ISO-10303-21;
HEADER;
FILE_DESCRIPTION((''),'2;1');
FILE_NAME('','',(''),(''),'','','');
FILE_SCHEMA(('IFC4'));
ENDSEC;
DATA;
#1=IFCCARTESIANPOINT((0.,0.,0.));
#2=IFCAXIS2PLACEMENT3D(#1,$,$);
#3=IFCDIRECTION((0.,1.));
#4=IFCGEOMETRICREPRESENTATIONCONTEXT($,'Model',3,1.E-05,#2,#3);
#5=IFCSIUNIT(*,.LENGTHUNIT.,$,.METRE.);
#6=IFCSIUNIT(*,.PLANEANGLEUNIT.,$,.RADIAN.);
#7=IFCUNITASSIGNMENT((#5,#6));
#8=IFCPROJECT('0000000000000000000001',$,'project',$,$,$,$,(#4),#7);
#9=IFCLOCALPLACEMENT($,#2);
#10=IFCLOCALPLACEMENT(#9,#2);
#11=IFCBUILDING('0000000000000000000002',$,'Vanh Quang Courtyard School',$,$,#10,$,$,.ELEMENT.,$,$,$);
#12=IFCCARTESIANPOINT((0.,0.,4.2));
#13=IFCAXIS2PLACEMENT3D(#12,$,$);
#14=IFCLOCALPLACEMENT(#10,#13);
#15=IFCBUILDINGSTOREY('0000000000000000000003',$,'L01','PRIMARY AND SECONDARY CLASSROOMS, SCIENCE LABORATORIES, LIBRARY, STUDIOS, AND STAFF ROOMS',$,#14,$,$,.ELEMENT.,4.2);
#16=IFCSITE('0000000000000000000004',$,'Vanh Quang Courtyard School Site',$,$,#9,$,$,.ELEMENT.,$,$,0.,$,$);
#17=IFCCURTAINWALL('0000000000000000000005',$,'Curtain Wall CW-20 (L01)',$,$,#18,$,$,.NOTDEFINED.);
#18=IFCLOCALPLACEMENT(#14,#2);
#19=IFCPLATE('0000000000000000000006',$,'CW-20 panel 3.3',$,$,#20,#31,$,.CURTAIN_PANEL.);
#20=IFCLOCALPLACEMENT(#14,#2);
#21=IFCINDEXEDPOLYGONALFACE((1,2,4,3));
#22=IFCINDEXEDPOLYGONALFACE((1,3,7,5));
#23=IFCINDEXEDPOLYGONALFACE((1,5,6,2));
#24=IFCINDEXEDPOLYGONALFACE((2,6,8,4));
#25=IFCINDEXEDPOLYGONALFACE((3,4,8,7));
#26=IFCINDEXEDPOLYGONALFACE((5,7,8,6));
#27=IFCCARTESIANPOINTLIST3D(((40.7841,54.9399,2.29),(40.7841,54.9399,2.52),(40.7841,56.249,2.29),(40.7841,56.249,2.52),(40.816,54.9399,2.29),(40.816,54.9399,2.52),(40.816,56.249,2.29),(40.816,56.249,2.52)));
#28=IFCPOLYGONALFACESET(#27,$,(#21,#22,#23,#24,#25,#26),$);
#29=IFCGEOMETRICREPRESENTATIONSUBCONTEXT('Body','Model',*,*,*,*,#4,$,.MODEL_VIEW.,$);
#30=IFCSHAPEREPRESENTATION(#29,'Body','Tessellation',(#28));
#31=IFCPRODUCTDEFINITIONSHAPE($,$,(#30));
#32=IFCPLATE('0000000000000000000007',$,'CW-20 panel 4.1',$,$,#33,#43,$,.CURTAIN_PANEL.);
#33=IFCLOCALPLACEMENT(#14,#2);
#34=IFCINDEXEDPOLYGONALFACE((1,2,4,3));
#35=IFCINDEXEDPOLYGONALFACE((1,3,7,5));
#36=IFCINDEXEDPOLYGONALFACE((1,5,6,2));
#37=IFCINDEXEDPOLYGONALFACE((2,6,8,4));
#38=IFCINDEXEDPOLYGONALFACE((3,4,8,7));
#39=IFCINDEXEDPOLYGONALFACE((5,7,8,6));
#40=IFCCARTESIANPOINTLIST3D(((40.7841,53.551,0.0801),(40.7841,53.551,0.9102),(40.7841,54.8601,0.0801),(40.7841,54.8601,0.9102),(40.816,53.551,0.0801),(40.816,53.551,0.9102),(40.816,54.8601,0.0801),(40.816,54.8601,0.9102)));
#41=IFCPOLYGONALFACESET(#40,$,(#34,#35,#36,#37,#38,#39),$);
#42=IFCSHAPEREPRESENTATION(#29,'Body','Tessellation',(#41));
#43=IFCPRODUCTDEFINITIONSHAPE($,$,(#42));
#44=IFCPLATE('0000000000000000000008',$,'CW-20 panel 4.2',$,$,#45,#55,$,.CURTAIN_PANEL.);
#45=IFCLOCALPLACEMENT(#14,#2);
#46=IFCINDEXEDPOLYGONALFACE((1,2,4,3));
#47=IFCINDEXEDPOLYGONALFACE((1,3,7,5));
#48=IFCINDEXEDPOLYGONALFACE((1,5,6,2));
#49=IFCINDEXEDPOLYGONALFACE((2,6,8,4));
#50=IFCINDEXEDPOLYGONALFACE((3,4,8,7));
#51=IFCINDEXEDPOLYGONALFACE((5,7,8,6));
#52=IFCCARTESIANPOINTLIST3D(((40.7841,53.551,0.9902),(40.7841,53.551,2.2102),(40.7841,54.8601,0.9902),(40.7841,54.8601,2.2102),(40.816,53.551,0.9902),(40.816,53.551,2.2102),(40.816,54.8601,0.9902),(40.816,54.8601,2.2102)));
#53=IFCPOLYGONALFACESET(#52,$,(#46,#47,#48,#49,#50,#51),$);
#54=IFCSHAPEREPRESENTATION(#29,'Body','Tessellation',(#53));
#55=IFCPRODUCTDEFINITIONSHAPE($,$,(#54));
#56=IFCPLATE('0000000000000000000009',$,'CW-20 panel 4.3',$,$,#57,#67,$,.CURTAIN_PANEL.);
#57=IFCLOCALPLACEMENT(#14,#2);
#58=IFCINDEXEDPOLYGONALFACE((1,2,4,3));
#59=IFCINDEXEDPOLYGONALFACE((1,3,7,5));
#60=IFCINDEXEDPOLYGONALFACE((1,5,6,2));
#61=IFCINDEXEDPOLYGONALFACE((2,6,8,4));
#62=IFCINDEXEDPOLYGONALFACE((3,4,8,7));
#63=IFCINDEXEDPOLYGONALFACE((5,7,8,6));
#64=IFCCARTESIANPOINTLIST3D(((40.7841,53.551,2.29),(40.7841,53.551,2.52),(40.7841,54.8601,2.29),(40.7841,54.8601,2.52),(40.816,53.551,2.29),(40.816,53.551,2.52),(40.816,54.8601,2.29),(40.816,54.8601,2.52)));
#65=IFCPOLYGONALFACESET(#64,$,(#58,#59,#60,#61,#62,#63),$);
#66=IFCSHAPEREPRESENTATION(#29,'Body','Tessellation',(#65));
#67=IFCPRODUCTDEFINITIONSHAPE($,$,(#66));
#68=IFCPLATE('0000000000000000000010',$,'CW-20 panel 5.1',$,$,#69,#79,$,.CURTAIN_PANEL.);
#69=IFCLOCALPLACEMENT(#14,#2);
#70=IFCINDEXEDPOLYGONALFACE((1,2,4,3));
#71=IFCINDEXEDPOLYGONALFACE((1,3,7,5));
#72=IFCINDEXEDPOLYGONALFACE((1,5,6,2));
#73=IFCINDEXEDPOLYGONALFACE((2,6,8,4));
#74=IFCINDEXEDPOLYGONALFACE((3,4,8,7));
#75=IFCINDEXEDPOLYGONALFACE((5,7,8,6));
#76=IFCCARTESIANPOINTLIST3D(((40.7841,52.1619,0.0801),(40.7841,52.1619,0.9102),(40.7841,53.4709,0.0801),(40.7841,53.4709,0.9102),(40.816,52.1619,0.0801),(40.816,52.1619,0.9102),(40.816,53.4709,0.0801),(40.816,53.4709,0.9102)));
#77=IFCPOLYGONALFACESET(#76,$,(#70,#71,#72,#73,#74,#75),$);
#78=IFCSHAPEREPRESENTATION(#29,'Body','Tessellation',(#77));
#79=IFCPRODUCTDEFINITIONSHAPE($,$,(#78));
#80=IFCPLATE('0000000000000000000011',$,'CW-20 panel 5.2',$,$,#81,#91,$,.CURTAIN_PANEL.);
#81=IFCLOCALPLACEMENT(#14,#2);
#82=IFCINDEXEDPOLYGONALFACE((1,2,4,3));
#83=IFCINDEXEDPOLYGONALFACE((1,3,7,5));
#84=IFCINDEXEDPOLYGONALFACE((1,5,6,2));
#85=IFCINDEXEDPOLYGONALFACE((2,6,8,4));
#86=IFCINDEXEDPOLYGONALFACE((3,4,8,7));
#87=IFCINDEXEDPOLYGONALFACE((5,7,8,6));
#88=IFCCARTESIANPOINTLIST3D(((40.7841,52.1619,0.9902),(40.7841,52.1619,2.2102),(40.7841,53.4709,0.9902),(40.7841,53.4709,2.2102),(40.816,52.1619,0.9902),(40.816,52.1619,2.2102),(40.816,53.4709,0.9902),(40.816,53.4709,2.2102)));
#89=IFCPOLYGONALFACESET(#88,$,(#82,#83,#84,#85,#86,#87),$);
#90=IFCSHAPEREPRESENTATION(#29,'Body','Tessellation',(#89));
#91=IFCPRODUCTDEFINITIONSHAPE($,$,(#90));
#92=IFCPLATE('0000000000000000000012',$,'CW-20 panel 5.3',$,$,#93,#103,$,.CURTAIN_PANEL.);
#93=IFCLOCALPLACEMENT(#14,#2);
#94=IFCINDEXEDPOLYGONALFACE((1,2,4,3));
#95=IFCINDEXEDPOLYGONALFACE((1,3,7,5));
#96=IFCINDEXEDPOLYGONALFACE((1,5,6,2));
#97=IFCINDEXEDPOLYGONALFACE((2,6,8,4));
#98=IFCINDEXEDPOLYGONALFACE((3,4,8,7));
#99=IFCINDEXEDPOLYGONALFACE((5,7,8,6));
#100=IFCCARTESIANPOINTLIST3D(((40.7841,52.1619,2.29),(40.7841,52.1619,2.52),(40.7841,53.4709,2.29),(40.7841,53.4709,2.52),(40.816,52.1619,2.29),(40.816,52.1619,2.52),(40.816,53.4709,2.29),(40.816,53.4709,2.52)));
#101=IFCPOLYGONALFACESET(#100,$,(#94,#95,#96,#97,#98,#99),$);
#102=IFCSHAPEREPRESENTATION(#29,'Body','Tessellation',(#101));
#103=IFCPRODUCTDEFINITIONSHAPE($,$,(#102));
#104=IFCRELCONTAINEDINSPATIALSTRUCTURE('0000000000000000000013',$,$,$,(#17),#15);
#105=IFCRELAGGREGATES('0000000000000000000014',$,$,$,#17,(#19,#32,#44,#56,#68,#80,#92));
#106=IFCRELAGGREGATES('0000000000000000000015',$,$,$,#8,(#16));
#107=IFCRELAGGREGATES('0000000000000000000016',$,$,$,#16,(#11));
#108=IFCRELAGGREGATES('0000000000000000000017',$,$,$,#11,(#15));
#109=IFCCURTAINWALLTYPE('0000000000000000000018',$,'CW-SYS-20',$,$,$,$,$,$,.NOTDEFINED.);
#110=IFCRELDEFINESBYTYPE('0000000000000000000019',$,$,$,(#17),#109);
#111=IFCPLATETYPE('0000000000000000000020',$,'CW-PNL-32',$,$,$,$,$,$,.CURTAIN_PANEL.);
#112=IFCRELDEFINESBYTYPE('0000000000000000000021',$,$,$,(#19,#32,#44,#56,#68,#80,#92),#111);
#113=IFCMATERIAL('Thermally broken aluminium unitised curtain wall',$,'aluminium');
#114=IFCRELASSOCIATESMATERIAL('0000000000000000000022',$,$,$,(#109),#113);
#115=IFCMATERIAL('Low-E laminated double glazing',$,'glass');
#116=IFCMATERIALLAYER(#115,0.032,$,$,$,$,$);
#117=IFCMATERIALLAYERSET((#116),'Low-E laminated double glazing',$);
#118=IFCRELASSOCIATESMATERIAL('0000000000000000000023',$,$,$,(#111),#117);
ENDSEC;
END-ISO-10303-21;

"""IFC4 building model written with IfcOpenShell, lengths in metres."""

from ifc_helpers import new_model, si_unit, direction, frame, origin, origin_2d, place, context, subcontext, project, spatial, rectangle, extrude, material, layer, layer_set, type_object, element, aggregate, save


model = new_model("IFC4")

# Units and contexts
model_context = context("Model", 3, precision=1e-05, world=origin(), true_north=direction((0.0, 1.0)))
body_context = subcontext(model_context, "Body", "Model", "MODEL_VIEW")
ifc_project = project(units=[si_unit("LENGTHUNIT", "METRE"), si_unit("PLANEANGLEUNIT", "RADIAN")], contexts=[model_context])

# Site, building, storey
site_placement = place(None, origin())
site = spatial("IfcSite", under=ifc_project, at=site_placement, Name="Vanh Quang Courtyard School Site", CompositionType="ELEMENT", RefElevation=0.0)
building_placement = place(site_placement, origin())
building = spatial("IfcBuilding", under=site, at=building_placement, Name="Vanh Quang Courtyard School", CompositionType="ELEMENT")
storey_placement = place(building_placement, frame((0.0, 0.0, 4.2)))
storey = spatial("IfcBuildingStorey", under=building, at=storey_placement, Name="L01", Description="PRIMARY AND SECONDARY CLASSROOMS, SCIENCE LABORATORIES, LIBRARY, STUDIOS, AND STAFF ROOMS", CompositionType="ELEMENT", Elevation=4.2)

# Curtain wall
ifc_material_1 = material(Name="Thermally broken aluminium unitised curtain wall", Category="aluminium")
curtain_wall_type = type_object("IfcCurtainWallType", Name="CW-SYS-20", PredefinedType="NOTDEFINED", material=ifc_material_1)
curtain_wall_placement = place(storey_placement, origin())
curtain_wall = element("IfcCurtainWall", 1, at=curtain_wall_placement, inside=storey, type_object=curtain_wall_type, Name="Curtain Wall CW-20 (L01)", PredefinedType="NOTDEFINED")

# Plates
ifc_material_2 = material(Name="Low-E laminated double glazing", Category="glass")
ifc_layer = layer(ifc_material_2, 0.032)
ifc_layer_set = layer_set([ifc_layer], Name="Low-E laminated double glazing")
plate_type = type_object("IfcPlateType", Name="CW-PNL-32", PredefinedType="CURTAIN_PANEL", material=ifc_layer_set)
plate_1_placement = place(storey_placement, frame((40.8, 55.5945, 2.29), z_axis=(0.0, 0.0, 1.0), x_axis=(0.0, -1.0, 0.0)))
plate_1 = element("IfcPlate", 2, at=plate_1_placement, type_object=plate_type, Name="CW-20 panel 3.3", PredefinedType="CURTAIN_PANEL", context=body_context, shape_type="SweptSolid", body=[
    extrude(rectangle(XDim=1.3091, YDim=0.032, at=origin_2d()), origin(), (0.0, 0.0, 1.0), 0.23),
])
plate_2_placement = place(storey_placement, frame((40.8, 54.2056, 0.0801), z_axis=(0.0, 0.0, 1.0), x_axis=(0.0, -1.0, 0.0)))
plate_2 = element("IfcPlate", 3, at=plate_2_placement, type_object=plate_type, Name="CW-20 panel 4.1", PredefinedType="CURTAIN_PANEL", context=body_context, shape_type="SweptSolid", body=[
    extrude(rectangle(XDim=1.3091, YDim=0.032, at=origin_2d()), origin(), (0.0, 0.0, 1.0), 0.8301),
])
plate_3_placement = place(storey_placement, frame((40.8, 54.2056, 0.9902), z_axis=(0.0, 0.0, 1.0), x_axis=(0.0, -1.0, 0.0)))
plate_3 = element("IfcPlate", 4, at=plate_3_placement, type_object=plate_type, Name="CW-20 panel 4.2", PredefinedType="CURTAIN_PANEL", context=body_context, shape_type="SweptSolid", body=[
    extrude(rectangle(XDim=1.3091, YDim=0.032, at=origin_2d()), origin(), (0.0, 0.0, 1.0), 1.22),
])
plate_4_placement = place(storey_placement, frame((40.8, 54.2056, 2.29), z_axis=(0.0, 0.0, 1.0), x_axis=(0.0, -1.0, 0.0)))
plate_4 = element("IfcPlate", 5, at=plate_4_placement, type_object=plate_type, Name="CW-20 panel 4.3", PredefinedType="CURTAIN_PANEL", context=body_context, shape_type="SweptSolid", body=[
    extrude(rectangle(XDim=1.3091, YDim=0.032, at=origin_2d()), origin(), (0.0, 0.0, 1.0), 0.23),
])
plate_5_placement = place(storey_placement, frame((40.8, 52.8164, 0.0801), z_axis=(0.0, 0.0, 1.0), x_axis=(0.0, -1.0, 0.0)))
plate_5 = element("IfcPlate", 6, at=plate_5_placement, type_object=plate_type, Name="CW-20 panel 5.1", PredefinedType="CURTAIN_PANEL", context=body_context, shape_type="SweptSolid", body=[
    extrude(rectangle(XDim=1.3091, YDim=0.032, at=origin_2d()), origin(), (0.0, 0.0, 1.0), 0.8301),
])
plate_6_placement = place(storey_placement, frame((40.8, 52.8164, 0.9902), z_axis=(0.0, 0.0, 1.0), x_axis=(0.0, -1.0, 0.0)))
plate_6 = element("IfcPlate", 7, at=plate_6_placement, type_object=plate_type, Name="CW-20 panel 5.2", PredefinedType="CURTAIN_PANEL", context=body_context, shape_type="SweptSolid", body=[
    extrude(rectangle(XDim=1.3091, YDim=0.032, at=origin_2d()), origin(), (0.0, 0.0, 1.0), 1.22),
])
plate_7_placement = place(storey_placement, frame((40.8, 52.8164, 2.29), z_axis=(0.0, 0.0, 1.0), x_axis=(0.0, -1.0, 0.0)))
plate_7 = element("IfcPlate", 8, at=plate_7_placement, type_object=plate_type, Name="CW-20 panel 5.3", PredefinedType="CURTAIN_PANEL", context=body_context, shape_type="SweptSolid", body=[
    extrude(rectangle(XDim=1.3091, YDim=0.032, at=origin_2d()), origin(), (0.0, 0.0, 1.0), 0.23),
])
aggregate(curtain_wall, [plate_1, plate_2, plate_3, plate_4, plate_5, plate_6, plate_7])

save(model, "model.ifc")
